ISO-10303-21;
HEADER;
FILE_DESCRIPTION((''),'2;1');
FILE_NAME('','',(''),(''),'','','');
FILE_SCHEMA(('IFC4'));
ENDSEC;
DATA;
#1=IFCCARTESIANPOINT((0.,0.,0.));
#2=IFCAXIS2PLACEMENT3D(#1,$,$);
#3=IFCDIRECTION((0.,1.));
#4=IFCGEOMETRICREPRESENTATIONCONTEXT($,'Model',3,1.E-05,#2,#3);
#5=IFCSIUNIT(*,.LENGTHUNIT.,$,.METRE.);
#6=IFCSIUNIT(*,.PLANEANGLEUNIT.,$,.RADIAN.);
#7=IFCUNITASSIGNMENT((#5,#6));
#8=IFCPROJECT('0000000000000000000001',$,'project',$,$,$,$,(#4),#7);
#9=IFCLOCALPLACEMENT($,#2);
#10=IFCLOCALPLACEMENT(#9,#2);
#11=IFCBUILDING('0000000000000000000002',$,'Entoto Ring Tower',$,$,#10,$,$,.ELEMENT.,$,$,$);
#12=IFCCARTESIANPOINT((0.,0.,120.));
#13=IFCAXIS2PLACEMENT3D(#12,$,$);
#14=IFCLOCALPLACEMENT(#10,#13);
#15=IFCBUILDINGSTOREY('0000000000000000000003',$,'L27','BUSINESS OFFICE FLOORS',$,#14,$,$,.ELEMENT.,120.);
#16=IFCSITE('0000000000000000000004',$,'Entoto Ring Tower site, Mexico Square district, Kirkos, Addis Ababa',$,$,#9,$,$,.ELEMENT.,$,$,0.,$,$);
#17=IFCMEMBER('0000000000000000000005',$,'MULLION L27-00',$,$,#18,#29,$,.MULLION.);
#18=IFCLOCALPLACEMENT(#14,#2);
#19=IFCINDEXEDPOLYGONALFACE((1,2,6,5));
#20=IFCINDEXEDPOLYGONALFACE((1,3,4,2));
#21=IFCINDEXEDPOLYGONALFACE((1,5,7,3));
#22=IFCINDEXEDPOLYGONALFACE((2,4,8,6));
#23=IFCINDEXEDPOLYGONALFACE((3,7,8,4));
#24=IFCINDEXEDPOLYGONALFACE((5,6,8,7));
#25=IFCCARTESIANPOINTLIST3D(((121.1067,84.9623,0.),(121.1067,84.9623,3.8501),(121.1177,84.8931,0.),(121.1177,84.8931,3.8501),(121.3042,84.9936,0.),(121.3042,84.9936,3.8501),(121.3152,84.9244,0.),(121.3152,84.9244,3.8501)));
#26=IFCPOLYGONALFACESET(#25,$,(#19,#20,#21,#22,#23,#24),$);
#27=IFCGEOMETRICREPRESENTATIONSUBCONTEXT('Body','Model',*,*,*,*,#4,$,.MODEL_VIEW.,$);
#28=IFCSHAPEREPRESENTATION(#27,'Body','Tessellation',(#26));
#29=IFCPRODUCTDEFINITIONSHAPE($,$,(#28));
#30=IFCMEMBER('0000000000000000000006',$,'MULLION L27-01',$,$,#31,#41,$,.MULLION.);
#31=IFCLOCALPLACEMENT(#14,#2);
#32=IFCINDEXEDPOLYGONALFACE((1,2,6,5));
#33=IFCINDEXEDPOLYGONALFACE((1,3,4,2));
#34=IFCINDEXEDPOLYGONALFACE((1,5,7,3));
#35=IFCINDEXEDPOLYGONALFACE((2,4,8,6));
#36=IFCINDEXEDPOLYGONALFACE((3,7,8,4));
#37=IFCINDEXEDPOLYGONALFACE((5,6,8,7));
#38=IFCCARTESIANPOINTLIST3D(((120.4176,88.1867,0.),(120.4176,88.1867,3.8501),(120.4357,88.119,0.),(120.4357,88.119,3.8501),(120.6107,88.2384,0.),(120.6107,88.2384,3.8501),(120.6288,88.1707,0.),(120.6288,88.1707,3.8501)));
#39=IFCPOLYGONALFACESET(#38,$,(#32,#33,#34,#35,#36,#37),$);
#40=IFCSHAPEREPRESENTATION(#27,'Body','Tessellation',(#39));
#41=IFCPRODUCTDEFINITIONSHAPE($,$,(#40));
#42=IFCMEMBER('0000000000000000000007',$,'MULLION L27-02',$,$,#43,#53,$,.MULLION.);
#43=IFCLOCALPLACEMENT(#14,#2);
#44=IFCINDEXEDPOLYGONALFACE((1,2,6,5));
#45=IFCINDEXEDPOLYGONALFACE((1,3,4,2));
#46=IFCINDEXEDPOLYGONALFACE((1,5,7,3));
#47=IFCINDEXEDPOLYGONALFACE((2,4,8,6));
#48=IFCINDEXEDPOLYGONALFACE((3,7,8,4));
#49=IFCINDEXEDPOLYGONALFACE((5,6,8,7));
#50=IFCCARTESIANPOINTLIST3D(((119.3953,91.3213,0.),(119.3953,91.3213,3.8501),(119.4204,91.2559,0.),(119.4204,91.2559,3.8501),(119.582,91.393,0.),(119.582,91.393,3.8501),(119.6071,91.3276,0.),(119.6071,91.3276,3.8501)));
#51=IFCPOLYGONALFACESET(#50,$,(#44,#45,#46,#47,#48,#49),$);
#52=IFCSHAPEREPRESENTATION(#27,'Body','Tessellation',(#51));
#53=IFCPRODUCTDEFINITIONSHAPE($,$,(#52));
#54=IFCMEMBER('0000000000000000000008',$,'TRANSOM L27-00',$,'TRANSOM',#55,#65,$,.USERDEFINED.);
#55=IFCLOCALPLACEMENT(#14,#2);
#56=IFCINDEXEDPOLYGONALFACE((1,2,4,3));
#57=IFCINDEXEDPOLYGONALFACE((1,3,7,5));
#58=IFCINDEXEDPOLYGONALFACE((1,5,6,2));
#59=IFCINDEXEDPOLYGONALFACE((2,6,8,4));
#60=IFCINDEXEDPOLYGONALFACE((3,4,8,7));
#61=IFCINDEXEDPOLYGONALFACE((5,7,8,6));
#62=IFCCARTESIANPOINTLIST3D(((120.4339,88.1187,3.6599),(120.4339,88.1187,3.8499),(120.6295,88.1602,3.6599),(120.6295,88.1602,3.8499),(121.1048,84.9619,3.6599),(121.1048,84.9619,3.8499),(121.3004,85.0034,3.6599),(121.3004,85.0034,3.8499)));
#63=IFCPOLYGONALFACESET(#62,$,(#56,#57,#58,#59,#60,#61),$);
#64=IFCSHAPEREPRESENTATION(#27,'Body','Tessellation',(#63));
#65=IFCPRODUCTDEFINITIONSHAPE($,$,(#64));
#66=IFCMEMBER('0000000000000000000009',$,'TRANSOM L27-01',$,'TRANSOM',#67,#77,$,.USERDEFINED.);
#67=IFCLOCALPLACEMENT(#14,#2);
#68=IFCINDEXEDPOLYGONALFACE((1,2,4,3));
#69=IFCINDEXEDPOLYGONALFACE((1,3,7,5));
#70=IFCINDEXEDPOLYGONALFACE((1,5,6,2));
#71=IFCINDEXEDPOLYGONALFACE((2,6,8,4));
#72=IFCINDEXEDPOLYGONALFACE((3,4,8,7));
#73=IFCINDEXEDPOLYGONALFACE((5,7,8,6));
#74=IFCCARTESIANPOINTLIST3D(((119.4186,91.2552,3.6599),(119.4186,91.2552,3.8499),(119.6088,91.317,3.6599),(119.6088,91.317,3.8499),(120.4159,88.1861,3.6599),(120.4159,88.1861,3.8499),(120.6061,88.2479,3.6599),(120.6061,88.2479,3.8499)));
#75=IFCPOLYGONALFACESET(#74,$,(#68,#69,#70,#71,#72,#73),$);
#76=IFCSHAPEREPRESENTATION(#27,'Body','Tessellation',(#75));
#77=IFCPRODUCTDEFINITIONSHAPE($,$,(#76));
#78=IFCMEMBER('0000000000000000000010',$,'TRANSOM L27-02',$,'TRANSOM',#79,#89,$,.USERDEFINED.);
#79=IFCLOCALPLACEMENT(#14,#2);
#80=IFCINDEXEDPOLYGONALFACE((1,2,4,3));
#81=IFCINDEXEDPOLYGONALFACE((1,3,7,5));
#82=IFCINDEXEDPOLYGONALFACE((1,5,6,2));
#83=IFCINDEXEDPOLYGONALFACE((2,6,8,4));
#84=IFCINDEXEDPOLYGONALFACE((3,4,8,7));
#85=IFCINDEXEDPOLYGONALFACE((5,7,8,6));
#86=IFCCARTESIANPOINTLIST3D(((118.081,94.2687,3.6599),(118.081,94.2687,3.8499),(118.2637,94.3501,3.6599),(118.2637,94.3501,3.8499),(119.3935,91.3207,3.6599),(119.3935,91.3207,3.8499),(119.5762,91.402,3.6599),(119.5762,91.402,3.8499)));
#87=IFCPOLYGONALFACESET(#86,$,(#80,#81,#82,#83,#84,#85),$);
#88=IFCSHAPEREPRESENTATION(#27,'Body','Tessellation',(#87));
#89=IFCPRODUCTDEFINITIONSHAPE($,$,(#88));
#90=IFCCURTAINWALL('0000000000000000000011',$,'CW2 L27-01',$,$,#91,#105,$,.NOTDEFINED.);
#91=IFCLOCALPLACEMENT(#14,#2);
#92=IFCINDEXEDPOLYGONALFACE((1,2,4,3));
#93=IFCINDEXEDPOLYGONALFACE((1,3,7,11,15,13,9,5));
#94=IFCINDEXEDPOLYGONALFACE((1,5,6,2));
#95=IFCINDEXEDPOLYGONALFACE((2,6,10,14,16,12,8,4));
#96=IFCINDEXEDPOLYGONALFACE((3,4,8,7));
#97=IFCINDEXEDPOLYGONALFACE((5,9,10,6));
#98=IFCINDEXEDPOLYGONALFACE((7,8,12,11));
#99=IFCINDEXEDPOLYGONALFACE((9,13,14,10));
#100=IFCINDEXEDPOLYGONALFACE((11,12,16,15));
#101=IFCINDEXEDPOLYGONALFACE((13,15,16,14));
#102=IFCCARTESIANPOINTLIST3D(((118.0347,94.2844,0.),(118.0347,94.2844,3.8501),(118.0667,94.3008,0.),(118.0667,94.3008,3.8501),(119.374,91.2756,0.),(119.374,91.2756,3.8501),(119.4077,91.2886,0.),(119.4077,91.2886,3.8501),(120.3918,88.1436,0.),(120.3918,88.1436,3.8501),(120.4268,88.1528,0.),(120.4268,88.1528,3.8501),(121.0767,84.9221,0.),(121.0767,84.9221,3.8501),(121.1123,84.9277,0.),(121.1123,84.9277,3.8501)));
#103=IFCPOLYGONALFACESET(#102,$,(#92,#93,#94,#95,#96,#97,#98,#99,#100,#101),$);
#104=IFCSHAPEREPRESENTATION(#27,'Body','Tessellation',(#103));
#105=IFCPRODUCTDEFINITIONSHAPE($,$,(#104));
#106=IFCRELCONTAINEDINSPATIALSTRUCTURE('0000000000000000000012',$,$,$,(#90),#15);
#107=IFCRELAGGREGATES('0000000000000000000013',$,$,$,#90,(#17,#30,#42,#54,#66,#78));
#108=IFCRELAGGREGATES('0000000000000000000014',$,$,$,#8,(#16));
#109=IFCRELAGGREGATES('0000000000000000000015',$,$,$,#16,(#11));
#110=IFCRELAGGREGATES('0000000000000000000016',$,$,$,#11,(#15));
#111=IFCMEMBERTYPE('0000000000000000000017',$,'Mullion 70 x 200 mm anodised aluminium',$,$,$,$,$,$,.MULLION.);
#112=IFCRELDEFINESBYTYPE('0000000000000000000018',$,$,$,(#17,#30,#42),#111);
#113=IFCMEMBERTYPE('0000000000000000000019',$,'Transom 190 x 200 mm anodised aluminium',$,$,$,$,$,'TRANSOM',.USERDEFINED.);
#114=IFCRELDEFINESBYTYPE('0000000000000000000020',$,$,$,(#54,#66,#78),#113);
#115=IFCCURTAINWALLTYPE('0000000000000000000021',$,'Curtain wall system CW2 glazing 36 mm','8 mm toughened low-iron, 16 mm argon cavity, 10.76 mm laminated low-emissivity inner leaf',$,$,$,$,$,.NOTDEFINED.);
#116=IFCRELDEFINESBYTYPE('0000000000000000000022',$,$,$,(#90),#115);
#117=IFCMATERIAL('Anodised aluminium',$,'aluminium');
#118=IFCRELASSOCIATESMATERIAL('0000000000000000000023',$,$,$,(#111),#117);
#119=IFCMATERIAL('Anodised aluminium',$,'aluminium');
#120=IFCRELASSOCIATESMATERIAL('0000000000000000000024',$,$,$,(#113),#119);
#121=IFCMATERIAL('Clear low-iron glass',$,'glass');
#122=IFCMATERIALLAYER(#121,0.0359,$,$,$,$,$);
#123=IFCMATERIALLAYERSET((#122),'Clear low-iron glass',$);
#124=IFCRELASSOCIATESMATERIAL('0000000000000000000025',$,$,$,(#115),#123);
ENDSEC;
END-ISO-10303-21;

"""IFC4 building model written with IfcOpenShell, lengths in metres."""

from ifc_helpers import new_model, si_unit, direction, frame, origin, origin_2d, place, context, subcontext, project, spatial, polyline, rectangle, outline, extrude, material, layer, layer_set, material_profile, profile_set, type_object, element, aggregate, save


model = new_model("IFC4")

# Units and contexts
model_context = context("Model", 3, precision=1e-05, world=origin(), true_north=direction((0.0, 1.0)))
body_context = subcontext(model_context, "Body", "Model", "MODEL_VIEW")
ifc_project = project(units=[si_unit("LENGTHUNIT", "METRE"), si_unit("PLANEANGLEUNIT", "RADIAN")], contexts=[model_context])

# Members
ifc_material_1 = material(Name="Anodised aluminium", Category="aluminium")
ifc_material_profile_1 = material_profile(ifc_material_1, rectangle(XDim=0.0701, YDim=0.2, at=origin_2d()), Name="Mullion 70 x 200 mm anodised aluminium")
ifc_profile_set_1 = profile_set([ifc_material_profile_1], Name="Anodised aluminium")
member_type_1 = type_object("IfcMemberType", Name="Mullion 70 x 200 mm anodised aluminium", PredefinedType="MULLION", material=ifc_profile_set_1)
site_placement = place(None, origin())
building_placement = place(site_placement, origin())
storey_placement = place(building_placement, frame((0.0, 0.0, 120.0)))
member_1_placement = place(storey_placement, frame((121.2109, 84.9434, 0.0), z_axis=(0.0, 0.0, 1.0), x_axis=(-0.156434, 0.987688, 0.0)))
member_1 = element("IfcMember", 1, at=member_1_placement, type_object=member_type_1, Name="MULLION L27-00", PredefinedType="MULLION", context=body_context, shape_type="SweptSolid", body=[
    extrude(rectangle(XDim=0.0701, YDim=0.2, at=origin_2d()), origin(), (0.0, 0.0, 1.0), 3.8501),
])
member_2_placement = place(storey_placement, frame((120.5232, 88.1787, 0.0), z_axis=(0.0, 0.0, 1.0), x_axis=(-0.258819, 0.965926, 0.0)))
member_2 = element("IfcMember", 2, at=member_2_placement, type_object=member_type_1, Name="MULLION L27-01", PredefinedType="MULLION", context=body_context, shape_type="SweptSolid", body=[
    extrude(rectangle(XDim=0.0701, YDim=0.2, at=origin_2d()), origin(), (0.0, 0.0, 1.0), 3.8501),
])
member_3_placement = place(storey_placement, frame((119.5012, 91.3245, 0.0), z_axis=(0.0, 0.0, 1.0), x_axis=(-0.358368, 0.93358, 0.0)))
member_3 = element("IfcMember", 3, at=member_3_placement, type_object=member_type_1, Name="MULLION L27-02", PredefinedType="MULLION", context=body_context, shape_type="SweptSolid", body=[
    extrude(rectangle(XDim=0.0701, YDim=0.2, at=origin_2d()), origin(), (0.0, 0.0, 1.0), 3.8501),
])
ifc_material_2 = material(Name="Anodised aluminium", Category="aluminium")
ifc_material_profile_2 = material_profile(ifc_material_2, rectangle(XDim=0.2, YDim=0.1899, at=origin_2d()), Name="Transom 190 x 200 mm anodised aluminium")
ifc_profile_set_2 = profile_set([ifc_material_profile_2], Name="Anodised aluminium")
member_type_2 = type_object("IfcMemberType", Name="Transom 190 x 200 mm anodised aluminium", ElementType="TRANSOM", PredefinedType="USERDEFINED", material=ifc_profile_set_2)
member_4_placement = place(storey_placement, frame((121.2026, 84.9827, 3.7549), z_axis=(-0.207886, 0.978153, 0.0), x_axis=(-0.978153, -0.207886, 0.0)))
member_4 = element("IfcMember", 4, at=member_4_placement, type_object=member_type_2, Name="TRANSOM L27-00", ObjectType="TRANSOM", PredefinedType="USERDEFINED", context=body_context, shape_type="SweptSolid", body=[
    extrude(rectangle(XDim=0.2, YDim=0.1899, at=origin_2d()), origin(), (0.0, 0.0, 1.0), 3.2273),
])
member_5_placement = place(storey_placement, frame((120.511, 88.217, 3.7549), z_axis=(-0.309047, 0.951047, 0.0), x_axis=(-0.951047, -0.309047, 0.0)))
member_5 = element("IfcMember", 5, at=member_5_placement, type_object=member_type_2, Name="TRANSOM L27-01", ObjectType="TRANSOM", PredefinedType="USERDEFINED", context=body_context, shape_type="SweptSolid", body=[
    extrude(rectangle(XDim=0.2, YDim=0.1899, at=origin_2d()), origin(), (0.0, 0.0, 1.0), 3.2271),
])
member_6_placement = place(storey_placement, frame((119.4849, 91.3613, 3.7549), z_axis=(-0.406728, 0.913549, 0.0), x_axis=(-0.913549, -0.406728, 0.0)))
member_6 = element("IfcMember", 6, at=member_6_placement, type_object=member_type_2, Name="TRANSOM L27-02", ObjectType="TRANSOM", PredefinedType="USERDEFINED", context=body_context, shape_type="SweptSolid", body=[
    extrude(rectangle(XDim=0.2, YDim=0.1899, at=origin_2d()), origin(), (0.0, 0.0, 1.0), 3.2271),
])

# Site, building, storey
site = spatial("IfcSite", under=ifc_project, at=site_placement, Name="Entoto Ring Tower site, Mexico Square district, Kirkos, Addis Ababa", CompositionType="ELEMENT", RefElevation=0.0)
building = spatial("IfcBuilding", under=site, at=building_placement, Name="Entoto Ring Tower", CompositionType="ELEMENT")
storey = spatial("IfcBuildingStorey", under=building, at=storey_placement, Name="L27", Description="BUSINESS OFFICE FLOORS", CompositionType="ELEMENT", Elevation=120.0)

# Curtain wall
ifc_material_3 = material(Name="Clear low-iron glass", Category="glass")
ifc_layer_1 = layer(ifc_material_3, 0.0359)
ifc_layer_set_1 = layer_set([ifc_layer_1], Name="Clear low-iron glass")
curtain_wall_type = type_object("IfcCurtainWallType", Name="Curtain wall system CW2 glazing 36 mm", Description="8 mm toughened low-iron, 16 mm argon cavity, 10.76 mm laminated low-emissivity inner leaf", PredefinedType="NOTDEFINED", material=ifc_layer_set_1)
curtain_wall_1_placement = place(storey_placement, origin())
curtain_wall_1 = element("IfcCurtainWall", 7, at=curtain_wall_1_placement, inside=storey, type_object=curtain_wall_type, Name="CW2 L27-01", PredefinedType="NOTDEFINED", context=body_context, shape_type="SweptSolid", body=[
    extrude(outline(polyline([(121.1123, 84.9277), (120.4268, 88.1528), (119.4077, 91.2886), (118.0667, 94.3008), (118.0347, 94.2844), (119.374, 91.2756), (120.3918, 88.1436), (121.0767, 84.9221), (121.1123, 84.9277)])), origin(), (0.0, 0.0, 1.0), 3.8501),
])
aggregate(curtain_wall_1, [member_1, member_2, member_3, member_4, member_5, member_6])

save(model, "model.ifc")
